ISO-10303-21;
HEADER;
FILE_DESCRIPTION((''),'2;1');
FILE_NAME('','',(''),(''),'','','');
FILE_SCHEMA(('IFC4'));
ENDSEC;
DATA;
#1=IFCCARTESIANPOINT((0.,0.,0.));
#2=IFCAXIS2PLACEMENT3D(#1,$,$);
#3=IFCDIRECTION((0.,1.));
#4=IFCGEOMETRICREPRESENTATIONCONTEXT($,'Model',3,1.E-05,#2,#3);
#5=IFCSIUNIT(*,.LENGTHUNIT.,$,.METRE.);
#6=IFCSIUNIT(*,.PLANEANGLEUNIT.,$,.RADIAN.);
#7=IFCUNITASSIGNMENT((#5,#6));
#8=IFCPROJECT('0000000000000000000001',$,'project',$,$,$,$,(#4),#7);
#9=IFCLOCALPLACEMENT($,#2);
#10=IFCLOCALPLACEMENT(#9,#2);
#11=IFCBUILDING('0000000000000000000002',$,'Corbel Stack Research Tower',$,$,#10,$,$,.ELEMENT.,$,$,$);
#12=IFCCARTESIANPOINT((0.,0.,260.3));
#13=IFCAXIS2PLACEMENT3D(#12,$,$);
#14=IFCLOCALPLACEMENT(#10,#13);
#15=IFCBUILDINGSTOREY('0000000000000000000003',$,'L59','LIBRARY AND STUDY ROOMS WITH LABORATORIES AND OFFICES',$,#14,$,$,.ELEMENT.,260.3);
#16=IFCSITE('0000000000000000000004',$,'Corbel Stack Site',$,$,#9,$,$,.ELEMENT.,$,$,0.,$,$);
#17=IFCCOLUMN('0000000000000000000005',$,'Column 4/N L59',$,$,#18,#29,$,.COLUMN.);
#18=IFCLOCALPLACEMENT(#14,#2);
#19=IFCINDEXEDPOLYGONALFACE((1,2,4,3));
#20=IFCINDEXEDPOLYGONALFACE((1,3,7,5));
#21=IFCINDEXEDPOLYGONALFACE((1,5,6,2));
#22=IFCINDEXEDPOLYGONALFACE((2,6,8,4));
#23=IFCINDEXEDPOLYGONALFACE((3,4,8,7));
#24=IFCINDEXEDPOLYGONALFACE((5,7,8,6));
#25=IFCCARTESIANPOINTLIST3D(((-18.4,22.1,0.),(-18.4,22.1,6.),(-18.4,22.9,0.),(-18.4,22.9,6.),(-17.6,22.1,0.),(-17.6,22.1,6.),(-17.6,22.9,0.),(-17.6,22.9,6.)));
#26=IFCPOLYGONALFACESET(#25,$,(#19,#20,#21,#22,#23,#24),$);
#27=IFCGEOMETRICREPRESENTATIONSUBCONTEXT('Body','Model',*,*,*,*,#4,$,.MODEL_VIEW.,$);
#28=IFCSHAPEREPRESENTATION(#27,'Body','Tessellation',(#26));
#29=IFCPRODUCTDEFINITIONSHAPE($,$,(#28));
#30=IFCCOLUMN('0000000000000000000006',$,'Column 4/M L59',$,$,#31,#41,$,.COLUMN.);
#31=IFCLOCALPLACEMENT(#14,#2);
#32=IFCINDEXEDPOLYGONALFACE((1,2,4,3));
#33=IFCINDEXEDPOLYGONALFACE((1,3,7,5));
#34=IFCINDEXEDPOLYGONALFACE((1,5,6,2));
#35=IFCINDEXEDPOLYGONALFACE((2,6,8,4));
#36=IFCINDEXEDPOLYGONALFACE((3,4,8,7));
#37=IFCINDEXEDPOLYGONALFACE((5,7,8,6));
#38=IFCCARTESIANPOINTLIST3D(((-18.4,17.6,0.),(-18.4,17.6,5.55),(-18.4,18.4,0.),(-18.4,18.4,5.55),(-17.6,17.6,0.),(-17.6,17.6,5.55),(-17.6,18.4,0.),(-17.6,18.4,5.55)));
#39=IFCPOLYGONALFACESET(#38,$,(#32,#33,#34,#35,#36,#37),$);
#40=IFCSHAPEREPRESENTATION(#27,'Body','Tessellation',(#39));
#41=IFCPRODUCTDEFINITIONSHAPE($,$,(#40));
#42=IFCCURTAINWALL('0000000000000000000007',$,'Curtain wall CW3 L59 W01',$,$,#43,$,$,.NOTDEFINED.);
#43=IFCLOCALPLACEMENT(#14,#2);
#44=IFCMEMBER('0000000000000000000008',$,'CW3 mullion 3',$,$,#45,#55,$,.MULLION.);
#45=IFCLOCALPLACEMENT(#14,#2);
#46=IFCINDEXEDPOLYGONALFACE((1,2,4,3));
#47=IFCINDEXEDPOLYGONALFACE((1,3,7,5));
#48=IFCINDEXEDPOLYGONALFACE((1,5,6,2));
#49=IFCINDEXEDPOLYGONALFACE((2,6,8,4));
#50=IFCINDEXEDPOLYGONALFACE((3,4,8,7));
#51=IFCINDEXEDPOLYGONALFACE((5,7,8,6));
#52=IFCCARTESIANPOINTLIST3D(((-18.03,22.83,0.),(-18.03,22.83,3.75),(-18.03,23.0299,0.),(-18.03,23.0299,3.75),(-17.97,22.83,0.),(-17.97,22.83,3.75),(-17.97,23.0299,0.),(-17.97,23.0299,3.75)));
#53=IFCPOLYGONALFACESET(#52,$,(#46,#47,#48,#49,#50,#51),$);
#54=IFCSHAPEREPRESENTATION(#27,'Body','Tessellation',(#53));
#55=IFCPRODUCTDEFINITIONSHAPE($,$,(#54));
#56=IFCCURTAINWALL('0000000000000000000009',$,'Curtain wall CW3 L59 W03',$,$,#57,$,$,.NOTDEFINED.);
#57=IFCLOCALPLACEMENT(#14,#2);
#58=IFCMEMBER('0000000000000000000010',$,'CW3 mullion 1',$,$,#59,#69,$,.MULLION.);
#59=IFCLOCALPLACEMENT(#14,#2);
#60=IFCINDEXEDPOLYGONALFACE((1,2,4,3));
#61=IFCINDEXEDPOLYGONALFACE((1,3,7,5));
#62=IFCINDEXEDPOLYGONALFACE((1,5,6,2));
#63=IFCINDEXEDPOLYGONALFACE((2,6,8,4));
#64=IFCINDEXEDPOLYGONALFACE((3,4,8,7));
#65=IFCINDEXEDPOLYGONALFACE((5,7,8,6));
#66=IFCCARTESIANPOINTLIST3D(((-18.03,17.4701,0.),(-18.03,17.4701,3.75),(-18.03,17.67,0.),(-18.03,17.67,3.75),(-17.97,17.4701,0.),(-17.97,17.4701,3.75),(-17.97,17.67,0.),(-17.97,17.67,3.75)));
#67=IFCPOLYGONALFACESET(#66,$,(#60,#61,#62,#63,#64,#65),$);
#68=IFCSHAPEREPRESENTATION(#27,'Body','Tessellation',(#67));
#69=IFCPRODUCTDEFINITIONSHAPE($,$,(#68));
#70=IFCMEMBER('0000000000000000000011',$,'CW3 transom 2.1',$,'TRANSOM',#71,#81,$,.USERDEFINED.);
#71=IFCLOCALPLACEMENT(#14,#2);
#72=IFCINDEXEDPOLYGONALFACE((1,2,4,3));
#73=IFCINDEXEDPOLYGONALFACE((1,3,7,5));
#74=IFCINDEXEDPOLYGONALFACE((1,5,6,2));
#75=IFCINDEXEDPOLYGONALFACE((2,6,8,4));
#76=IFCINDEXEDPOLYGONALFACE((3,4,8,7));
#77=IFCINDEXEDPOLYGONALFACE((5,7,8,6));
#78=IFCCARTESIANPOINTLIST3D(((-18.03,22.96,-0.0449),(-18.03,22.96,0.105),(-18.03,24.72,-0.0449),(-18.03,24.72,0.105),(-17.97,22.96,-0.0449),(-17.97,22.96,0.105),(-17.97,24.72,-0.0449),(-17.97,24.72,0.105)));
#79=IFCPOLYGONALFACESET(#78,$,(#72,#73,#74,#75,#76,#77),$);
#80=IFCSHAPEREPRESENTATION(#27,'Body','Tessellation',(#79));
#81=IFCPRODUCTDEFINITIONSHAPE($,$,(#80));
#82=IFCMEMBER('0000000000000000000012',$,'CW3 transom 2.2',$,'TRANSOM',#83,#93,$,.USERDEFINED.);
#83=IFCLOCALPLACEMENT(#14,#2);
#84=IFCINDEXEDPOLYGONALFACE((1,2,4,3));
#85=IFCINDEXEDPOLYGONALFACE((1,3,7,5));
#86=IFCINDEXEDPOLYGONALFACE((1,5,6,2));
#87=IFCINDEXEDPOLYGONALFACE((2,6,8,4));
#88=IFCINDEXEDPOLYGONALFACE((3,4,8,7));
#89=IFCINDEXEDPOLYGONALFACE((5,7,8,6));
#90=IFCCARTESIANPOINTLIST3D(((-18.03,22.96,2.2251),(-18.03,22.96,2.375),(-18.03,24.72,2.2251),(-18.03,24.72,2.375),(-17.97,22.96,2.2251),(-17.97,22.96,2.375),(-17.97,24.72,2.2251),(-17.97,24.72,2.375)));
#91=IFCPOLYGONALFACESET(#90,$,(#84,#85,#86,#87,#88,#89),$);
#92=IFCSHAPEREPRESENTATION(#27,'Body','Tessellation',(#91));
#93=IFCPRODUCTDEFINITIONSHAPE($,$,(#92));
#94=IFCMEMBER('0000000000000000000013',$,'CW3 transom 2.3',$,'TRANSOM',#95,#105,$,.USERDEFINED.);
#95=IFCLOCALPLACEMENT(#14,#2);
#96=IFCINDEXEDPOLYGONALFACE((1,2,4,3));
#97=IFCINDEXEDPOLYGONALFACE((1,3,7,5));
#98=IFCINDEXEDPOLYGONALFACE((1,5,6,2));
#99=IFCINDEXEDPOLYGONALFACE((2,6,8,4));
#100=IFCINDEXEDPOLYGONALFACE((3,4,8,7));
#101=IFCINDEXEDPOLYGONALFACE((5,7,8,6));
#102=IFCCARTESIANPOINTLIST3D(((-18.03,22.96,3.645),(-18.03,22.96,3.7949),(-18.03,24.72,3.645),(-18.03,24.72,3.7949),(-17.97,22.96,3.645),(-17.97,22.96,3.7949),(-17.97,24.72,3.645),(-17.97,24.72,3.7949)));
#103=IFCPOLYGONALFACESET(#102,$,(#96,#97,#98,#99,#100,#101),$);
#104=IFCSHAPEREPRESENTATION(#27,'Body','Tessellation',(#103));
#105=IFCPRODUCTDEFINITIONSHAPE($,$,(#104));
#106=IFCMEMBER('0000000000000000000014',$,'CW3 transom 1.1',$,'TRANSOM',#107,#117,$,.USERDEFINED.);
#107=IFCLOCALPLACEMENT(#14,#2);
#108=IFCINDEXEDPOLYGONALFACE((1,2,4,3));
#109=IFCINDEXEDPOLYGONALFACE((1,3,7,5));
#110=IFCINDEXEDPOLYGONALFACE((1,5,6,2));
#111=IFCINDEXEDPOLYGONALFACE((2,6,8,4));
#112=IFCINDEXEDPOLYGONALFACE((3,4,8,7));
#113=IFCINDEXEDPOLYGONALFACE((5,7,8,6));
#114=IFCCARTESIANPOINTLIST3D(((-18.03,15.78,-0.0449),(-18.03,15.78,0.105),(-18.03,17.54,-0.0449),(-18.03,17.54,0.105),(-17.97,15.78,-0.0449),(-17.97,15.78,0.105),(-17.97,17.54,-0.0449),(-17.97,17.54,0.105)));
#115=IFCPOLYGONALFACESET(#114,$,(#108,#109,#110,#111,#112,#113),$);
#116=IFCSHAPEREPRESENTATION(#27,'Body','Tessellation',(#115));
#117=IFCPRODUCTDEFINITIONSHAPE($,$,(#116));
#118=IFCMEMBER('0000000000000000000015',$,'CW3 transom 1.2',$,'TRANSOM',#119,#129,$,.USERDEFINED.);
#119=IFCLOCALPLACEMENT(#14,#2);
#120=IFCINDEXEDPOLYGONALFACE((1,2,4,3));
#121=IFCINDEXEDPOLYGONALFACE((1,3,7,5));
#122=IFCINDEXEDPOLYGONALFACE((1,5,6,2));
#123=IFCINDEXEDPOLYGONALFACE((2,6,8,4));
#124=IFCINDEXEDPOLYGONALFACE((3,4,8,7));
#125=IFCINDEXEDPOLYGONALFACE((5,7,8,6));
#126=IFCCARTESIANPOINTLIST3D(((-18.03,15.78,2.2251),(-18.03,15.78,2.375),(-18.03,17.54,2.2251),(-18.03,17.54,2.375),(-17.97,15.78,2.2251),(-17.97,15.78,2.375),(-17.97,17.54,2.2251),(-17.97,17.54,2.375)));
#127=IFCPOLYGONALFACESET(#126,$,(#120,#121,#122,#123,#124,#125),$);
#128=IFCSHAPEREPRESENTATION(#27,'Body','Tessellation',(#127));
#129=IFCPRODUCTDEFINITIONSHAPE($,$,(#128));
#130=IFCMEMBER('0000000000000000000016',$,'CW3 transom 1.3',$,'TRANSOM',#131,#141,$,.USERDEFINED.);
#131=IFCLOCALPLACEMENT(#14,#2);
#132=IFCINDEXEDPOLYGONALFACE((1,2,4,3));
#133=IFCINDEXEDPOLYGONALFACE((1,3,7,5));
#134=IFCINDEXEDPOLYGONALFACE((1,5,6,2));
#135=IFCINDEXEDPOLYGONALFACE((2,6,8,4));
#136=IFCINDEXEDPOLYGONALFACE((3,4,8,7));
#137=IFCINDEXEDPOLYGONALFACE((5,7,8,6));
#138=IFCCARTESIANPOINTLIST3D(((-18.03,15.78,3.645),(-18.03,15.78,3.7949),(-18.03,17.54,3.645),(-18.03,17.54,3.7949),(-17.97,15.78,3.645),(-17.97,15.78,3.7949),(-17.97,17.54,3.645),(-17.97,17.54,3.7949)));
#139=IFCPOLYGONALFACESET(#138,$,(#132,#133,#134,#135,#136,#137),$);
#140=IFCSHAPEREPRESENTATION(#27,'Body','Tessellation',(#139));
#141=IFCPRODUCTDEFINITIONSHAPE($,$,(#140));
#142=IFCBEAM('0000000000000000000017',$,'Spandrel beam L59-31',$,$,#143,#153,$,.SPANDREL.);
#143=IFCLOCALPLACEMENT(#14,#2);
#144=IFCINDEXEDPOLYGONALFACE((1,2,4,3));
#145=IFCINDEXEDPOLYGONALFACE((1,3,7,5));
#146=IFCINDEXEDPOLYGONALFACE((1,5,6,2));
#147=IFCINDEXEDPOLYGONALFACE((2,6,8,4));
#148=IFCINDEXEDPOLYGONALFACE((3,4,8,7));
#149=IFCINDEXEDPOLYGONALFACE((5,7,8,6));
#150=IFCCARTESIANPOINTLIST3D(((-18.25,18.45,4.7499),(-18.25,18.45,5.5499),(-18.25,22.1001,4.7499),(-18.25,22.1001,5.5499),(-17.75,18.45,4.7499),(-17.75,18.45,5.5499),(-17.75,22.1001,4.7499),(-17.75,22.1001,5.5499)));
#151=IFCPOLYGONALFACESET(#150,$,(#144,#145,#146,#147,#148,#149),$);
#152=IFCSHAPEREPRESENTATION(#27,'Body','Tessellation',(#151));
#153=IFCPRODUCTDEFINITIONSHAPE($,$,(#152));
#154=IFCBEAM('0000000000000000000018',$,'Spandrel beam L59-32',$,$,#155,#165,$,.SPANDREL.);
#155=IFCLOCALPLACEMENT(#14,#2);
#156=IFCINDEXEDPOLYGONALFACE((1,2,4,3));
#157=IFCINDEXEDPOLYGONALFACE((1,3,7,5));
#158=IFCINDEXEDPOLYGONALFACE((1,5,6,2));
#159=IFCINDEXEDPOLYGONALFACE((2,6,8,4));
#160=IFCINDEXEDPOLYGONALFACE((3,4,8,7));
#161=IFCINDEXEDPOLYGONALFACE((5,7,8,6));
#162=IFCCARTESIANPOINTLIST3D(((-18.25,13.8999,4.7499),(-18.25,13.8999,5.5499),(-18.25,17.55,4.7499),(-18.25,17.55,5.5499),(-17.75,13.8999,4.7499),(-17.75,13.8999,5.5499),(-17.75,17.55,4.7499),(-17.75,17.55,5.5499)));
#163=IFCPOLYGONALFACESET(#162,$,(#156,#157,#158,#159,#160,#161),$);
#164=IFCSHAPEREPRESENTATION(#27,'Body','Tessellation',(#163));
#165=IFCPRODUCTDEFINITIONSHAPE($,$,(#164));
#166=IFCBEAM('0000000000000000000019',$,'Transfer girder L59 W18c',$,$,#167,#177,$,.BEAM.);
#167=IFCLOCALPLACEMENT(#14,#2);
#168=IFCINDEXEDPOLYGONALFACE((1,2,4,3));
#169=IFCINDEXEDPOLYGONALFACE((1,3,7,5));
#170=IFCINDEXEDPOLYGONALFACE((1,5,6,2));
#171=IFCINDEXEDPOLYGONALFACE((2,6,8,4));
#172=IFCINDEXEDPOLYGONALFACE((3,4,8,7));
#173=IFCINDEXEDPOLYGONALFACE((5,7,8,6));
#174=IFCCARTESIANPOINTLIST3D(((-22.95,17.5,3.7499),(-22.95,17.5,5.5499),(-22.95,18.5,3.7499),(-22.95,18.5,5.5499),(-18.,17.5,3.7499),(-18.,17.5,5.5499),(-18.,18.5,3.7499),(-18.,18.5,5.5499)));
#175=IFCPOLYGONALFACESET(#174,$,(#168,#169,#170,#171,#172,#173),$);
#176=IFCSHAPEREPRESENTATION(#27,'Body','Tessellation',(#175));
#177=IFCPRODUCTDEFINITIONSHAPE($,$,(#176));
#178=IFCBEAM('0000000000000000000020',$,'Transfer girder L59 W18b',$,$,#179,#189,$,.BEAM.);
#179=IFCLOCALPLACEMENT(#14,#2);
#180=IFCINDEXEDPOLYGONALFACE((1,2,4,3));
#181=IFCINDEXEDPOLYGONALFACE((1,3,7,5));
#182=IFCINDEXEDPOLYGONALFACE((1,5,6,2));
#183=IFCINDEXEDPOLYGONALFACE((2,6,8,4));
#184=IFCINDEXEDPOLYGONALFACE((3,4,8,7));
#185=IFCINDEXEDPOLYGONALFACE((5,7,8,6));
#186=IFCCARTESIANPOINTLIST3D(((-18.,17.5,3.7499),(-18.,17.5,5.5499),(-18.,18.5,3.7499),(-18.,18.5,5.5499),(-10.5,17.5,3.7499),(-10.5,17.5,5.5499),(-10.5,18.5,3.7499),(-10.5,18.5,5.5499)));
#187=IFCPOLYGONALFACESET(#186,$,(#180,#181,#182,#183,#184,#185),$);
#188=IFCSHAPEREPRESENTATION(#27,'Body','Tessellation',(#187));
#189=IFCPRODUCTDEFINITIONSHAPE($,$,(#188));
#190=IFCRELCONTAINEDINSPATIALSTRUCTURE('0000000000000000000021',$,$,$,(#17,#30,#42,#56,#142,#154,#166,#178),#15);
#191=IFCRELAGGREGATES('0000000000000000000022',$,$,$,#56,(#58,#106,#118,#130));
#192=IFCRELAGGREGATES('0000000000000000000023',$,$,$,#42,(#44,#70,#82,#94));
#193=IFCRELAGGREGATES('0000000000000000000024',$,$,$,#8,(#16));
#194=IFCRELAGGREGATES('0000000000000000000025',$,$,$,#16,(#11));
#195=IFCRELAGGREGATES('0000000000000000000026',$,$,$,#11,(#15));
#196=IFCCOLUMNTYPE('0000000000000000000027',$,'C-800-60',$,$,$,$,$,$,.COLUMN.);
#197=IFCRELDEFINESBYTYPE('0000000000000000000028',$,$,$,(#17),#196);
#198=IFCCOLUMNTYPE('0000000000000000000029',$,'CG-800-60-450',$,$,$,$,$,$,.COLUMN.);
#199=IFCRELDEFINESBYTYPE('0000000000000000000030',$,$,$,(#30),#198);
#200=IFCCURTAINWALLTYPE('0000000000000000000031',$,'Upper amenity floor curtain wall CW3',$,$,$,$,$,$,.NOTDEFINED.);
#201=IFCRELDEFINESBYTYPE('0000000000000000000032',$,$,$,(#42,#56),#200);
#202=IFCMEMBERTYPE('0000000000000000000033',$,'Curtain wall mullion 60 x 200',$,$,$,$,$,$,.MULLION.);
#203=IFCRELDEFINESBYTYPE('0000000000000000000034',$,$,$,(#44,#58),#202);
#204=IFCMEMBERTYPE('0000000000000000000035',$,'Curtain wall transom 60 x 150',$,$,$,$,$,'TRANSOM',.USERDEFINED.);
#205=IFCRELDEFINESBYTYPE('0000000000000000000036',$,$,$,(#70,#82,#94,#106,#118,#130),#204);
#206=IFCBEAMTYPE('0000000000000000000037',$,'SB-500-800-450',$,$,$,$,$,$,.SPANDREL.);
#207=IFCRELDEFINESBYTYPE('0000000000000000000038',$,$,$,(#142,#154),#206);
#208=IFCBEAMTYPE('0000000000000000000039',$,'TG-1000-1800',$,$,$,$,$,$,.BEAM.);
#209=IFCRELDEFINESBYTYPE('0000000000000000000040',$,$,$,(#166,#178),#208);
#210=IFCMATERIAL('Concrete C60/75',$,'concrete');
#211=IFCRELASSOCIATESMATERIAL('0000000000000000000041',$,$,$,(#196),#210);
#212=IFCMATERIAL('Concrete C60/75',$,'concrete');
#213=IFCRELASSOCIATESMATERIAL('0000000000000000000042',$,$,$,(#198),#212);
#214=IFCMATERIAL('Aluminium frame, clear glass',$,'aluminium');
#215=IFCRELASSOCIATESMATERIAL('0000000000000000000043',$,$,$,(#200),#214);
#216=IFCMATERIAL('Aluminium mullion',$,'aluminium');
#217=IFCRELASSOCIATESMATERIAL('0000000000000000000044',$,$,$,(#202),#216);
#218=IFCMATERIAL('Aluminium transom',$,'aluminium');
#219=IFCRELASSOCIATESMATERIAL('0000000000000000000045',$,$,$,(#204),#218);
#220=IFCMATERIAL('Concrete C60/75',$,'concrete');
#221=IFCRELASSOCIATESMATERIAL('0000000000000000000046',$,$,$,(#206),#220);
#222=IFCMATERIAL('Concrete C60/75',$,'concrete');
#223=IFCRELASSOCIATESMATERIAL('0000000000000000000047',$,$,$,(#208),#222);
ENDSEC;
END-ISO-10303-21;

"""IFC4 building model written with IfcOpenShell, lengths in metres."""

from ifc_helpers import new_model, si_unit, direction, frame, origin, origin_2d, place, context, subcontext, project, spatial, rectangle, extrude, material, material_profile, profile_set, type_object, element, aggregate, save


model = new_model("IFC4")

# Units and contexts
model_context = context("Model", 3, precision=1e-05, world=origin(), true_north=direction((0.0, 1.0)))
body_context = subcontext(model_context, "Body", "Model", "MODEL_VIEW")
ifc_project = project(units=[si_unit("LENGTHUNIT", "METRE"), si_unit("PLANEANGLEUNIT", "RADIAN")], contexts=[model_context])

# Site, building, storey
site_placement = place(None, origin())
site = spatial("IfcSite", under=ifc_project, at=site_placement, Name="Corbel Stack Site", CompositionType="ELEMENT", RefElevation=0.0)
building_placement = place(site_placement, origin())
building = spatial("IfcBuilding", under=site, at=building_placement, Name="Corbel Stack Research Tower", CompositionType="ELEMENT")
storey_placement = place(building_placement, frame((0.0, 0.0, 260.3)))
storey = spatial("IfcBuildingStorey", under=building, at=storey_placement, Name="L59", Description="LIBRARY AND STUDY ROOMS WITH LABORATORIES AND OFFICES", CompositionType="ELEMENT", Elevation=260.3)

# Columns
ifc_material_1 = material(Name="Concrete C60/75", Category="concrete")
ifc_material_profile_1 = material_profile(ifc_material_1, rectangle(XDim=0.8, YDim=0.8, at=origin_2d()), Name="RC 800 x 800")
ifc_profile_set_1 = profile_set([ifc_material_profile_1], Name="Concrete C60/75")
column_type_1 = type_object("IfcColumnType", Name="C-800-60", PredefinedType="COLUMN", material=ifc_profile_set_1)
column_1_placement = place(storey_placement, frame((-18.0, 22.5, 0.0), z_axis=(0.0, 0.0, 1.0), x_axis=(1.0, 0.0, 0.0)))
element("IfcColumn", 1, at=column_1_placement, inside=storey, type_object=column_type_1, Name="Column 4/N L59", PredefinedType="COLUMN", context=body_context, shape_type="SweptSolid", body=[
    extrude(rectangle(XDim=0.8, YDim=0.8, at=origin_2d()), origin(), (0.0, 0.0, 1.0), 6.0),
])
ifc_material_2 = material(Name="Concrete C60/75", Category="concrete")
ifc_material_profile_2 = material_profile(ifc_material_2, rectangle(XDim=0.8, YDim=0.8, at=origin_2d()), Name="RC 800 x 800")
ifc_profile_set_2 = profile_set([ifc_material_profile_2], Name="Concrete C60/75")
column_type_2 = type_object("IfcColumnType", Name="CG-800-60-450", PredefinedType="COLUMN", material=ifc_profile_set_2)
column_2_placement = place(storey_placement, frame((-18.0, 18.0, 0.0), z_axis=(0.0, 0.0, 1.0), x_axis=(1.0, 0.0, 0.0)))
element("IfcColumn", 2, at=column_2_placement, inside=storey, type_object=column_type_2, Name="Column 4/M L59", PredefinedType="COLUMN", context=body_context, shape_type="SweptSolid", body=[
    extrude(rectangle(XDim=0.8, YDim=0.8, at=origin_2d()), origin(), (0.0, 0.0, 1.0), 5.55),
])

# Curtain walls, members
ifc_material_3 = material(Name="Aluminium frame, clear glass", Category="aluminium")
curtain_wall_type = type_object("IfcCurtainWallType", Name="Upper amenity floor curtain wall CW3", PredefinedType="NOTDEFINED", material=ifc_material_3)
curtain_wall_1_placement = place(storey_placement, origin())
curtain_wall_1 = element("IfcCurtainWall", 3, at=curtain_wall_1_placement, inside=storey, type_object=curtain_wall_type, Name="Curtain wall CW3 L59 W01", PredefinedType="NOTDEFINED")
ifc_material_4 = material(Name="Aluminium mullion", Category="aluminium")
ifc_material_profile_3 = material_profile(ifc_material_4, rectangle(XDim=0.0601, YDim=0.2, at=origin_2d()), Name="Mullion 60 x 200")
ifc_profile_set_3 = profile_set([ifc_material_profile_3], Name="Aluminium mullion")
member_type_1 = type_object("IfcMemberType", Name="Curtain wall mullion 60 x 200", PredefinedType="MULLION", material=ifc_profile_set_3)
member_1_placement = place(storey_placement, frame((-18.0, 22.9299, 0.0), z_axis=(0.0, 0.0, 1.0), x_axis=(1.0, 0.0, 0.0)))
member_1 = element("IfcMember", 4, at=member_1_placement, type_object=member_type_1, Name="CW3 mullion 3", PredefinedType="MULLION", context=body_context, shape_type="SweptSolid", body=[
    extrude(rectangle(XDim=0.0601, YDim=0.2, at=origin_2d()), origin(), (0.0, 0.0, 1.0), 3.75),
])
curtain_wall_2_placement = place(storey_placement, origin())
curtain_wall_2 = element("IfcCurtainWall", 5, at=curtain_wall_2_placement, inside=storey, type_object=curtain_wall_type, Name="Curtain wall CW3 L59 W03", PredefinedType="NOTDEFINED")
member_2_placement = place(storey_placement, frame((-18.0, 17.5701, 0.0), z_axis=(0.0, 0.0, 1.0), x_axis=(1.0, 0.0, 0.0)))
member_2 = element("IfcMember", 6, at=member_2_placement, type_object=member_type_1, Name="CW3 mullion 1", PredefinedType="MULLION", context=body_context, shape_type="SweptSolid", body=[
    extrude(rectangle(XDim=0.0601, YDim=0.2, at=origin_2d()), origin(), (0.0, 0.0, 1.0), 3.75),
])

# Members
ifc_material_5 = material(Name="Aluminium transom", Category="aluminium")
ifc_material_profile_4 = material_profile(ifc_material_5, rectangle(XDim=0.0601, YDim=0.1499, at=origin_2d()), Name="Transom 60 x 150")
ifc_profile_set_4 = profile_set([ifc_material_profile_4], Name="Aluminium transom")
member_type_2 = type_object("IfcMemberType", Name="Curtain wall transom 60 x 150", ElementType="TRANSOM", PredefinedType="USERDEFINED", material=ifc_profile_set_4)
member_3_placement = place(storey_placement, frame((-18.0, 24.72, 0.03), z_axis=(0.0, -1.0, 0.0), x_axis=(1.0, 0.0, 0.0)))
member_3 = element("IfcMember", 7, at=member_3_placement, type_object=member_type_2, Name="CW3 transom 2.1", ObjectType="TRANSOM", PredefinedType="USERDEFINED", context=body_context, shape_type="SweptSolid", body=[
    extrude(rectangle(XDim=0.0601, YDim=0.1499, at=origin_2d()), origin(), (0.0, 0.0, 1.0), 1.76),
])
member_4_placement = place(storey_placement, frame((-18.0, 24.72, 2.3), z_axis=(0.0, -1.0, 0.0), x_axis=(1.0, 0.0, 0.0)))
member_4 = element("IfcMember", 8, at=member_4_placement, type_object=member_type_2, Name="CW3 transom 2.2", ObjectType="TRANSOM", PredefinedType="USERDEFINED", context=body_context, shape_type="SweptSolid", body=[
    extrude(rectangle(XDim=0.0601, YDim=0.1499, at=origin_2d()), origin(), (0.0, 0.0, 1.0), 1.76),
])
member_5_placement = place(storey_placement, frame((-18.0, 24.72, 3.72), z_axis=(0.0, -1.0, 0.0), x_axis=(1.0, 0.0, 0.0)))
member_5 = element("IfcMember", 9, at=member_5_placement, type_object=member_type_2, Name="CW3 transom 2.3", ObjectType="TRANSOM", PredefinedType="USERDEFINED", context=body_context, shape_type="SweptSolid", body=[
    extrude(rectangle(XDim=0.0601, YDim=0.1499, at=origin_2d()), origin(), (0.0, 0.0, 1.0), 1.76),
])
member_6_placement = place(storey_placement, frame((-18.0, 17.54, 0.03), z_axis=(0.0, -1.0, 0.0), x_axis=(1.0, 0.0, 0.0)))
member_6 = element("IfcMember", 10, at=member_6_placement, type_object=member_type_2, Name="CW3 transom 1.1", ObjectType="TRANSOM", PredefinedType="USERDEFINED", context=body_context, shape_type="SweptSolid", body=[
    extrude(rectangle(XDim=0.0601, YDim=0.1499, at=origin_2d()), origin(), (0.0, 0.0, 1.0), 1.76),
])
member_7_placement = place(storey_placement, frame((-18.0, 17.54, 2.3), z_axis=(0.0, -1.0, 0.0), x_axis=(1.0, 0.0, 0.0)))
member_7 = element("IfcMember", 11, at=member_7_placement, type_object=member_type_2, Name="CW3 transom 1.2", ObjectType="TRANSOM", PredefinedType="USERDEFINED", context=body_context, shape_type="SweptSolid", body=[
    extrude(rectangle(XDim=0.0601, YDim=0.1499, at=origin_2d()), origin(), (0.0, 0.0, 1.0), 1.76),
])
member_8_placement = place(storey_placement, frame((-18.0, 17.54, 3.72), z_axis=(0.0, -1.0, 0.0), x_axis=(1.0, 0.0, 0.0)))
member_8 = element("IfcMember", 12, at=member_8_placement, type_object=member_type_2, Name="CW3 transom 1.3", ObjectType="TRANSOM", PredefinedType="USERDEFINED", context=body_context, shape_type="SweptSolid", body=[
    extrude(rectangle(XDim=0.0601, YDim=0.1499, at=origin_2d()), origin(), (0.0, 0.0, 1.0), 1.76),
])
aggregate(curtain_wall_2, [member_2, member_6, member_7, member_8])

# Beams
ifc_material_6 = material(Name="Concrete C60/75", Category="concrete")
ifc_material_profile_5 = material_profile(ifc_material_6, rectangle(XDim=0.5, YDim=0.8, at=origin_2d()), Name="RC 500 x 800")
ifc_profile_set_5 = profile_set([ifc_material_profile_5], Name="Concrete C60/75")
beam_type_1 = type_object("IfcBeamType", Name="SB-500-800-450", PredefinedType="SPANDREL", material=ifc_profile_set_5)
for number, where, z_axis, x_axis, name in (
    (13, (-18.0, 22.1001, 5.1499), (0.0, -1.0, 0.0), (1.0, 0.0, 0.0), "Spandrel beam L59-31"),
    (14, (-18.0, 17.55, 5.1499), (0.0, -1.0, 0.0), (1.0, 0.0, 0.0), "Spandrel beam L59-32"),
):
    element("IfcBeam", number, at=place(storey_placement, frame(where, z_axis=z_axis, x_axis=x_axis)), inside=storey, type_object=beam_type_1, Name=name, PredefinedType="SPANDREL", context=body_context, shape_type="SweptSolid", body=[
        extrude(rectangle(XDim=0.5, YDim=0.8, at=origin_2d()), origin(), (0.0, 0.0, 1.0), 3.6501),
    ])
ifc_material_7 = material(Name="Concrete C60/75", Category="concrete")
ifc_material_profile_6 = material_profile(ifc_material_7, rectangle(XDim=1.0, YDim=1.8, at=origin_2d()), Name="RC 1000 x 1800")
ifc_profile_set_6 = profile_set([ifc_material_profile_6], Name="Concrete C60/75")
beam_type_2 = type_object("IfcBeamType", Name="TG-1000-1800", PredefinedType="BEAM", material=ifc_profile_set_6)
beam_1_placement = place(storey_placement, frame((-22.95, 18.0, 4.6499), z_axis=(1.0, 0.0, 0.0), x_axis=(0.0, 1.0, 0.0)))
element("IfcBeam", 15, at=beam_1_placement, inside=storey, type_object=beam_type_2, Name="Transfer girder L59 W18c", PredefinedType="BEAM", context=body_context, shape_type="SweptSolid", body=[
    extrude(rectangle(XDim=1.0, YDim=1.8, at=origin_2d()), origin(), (0.0, 0.0, 1.0), 4.95),
])
beam_2_placement = place(storey_placement, frame((-18.0, 18.0, 4.6499), z_axis=(1.0, 0.0, 0.0), x_axis=(0.0, 1.0, 0.0)))
element("IfcBeam", 16, at=beam_2_placement, inside=storey, type_object=beam_type_2, Name="Transfer girder L59 W18b", PredefinedType="BEAM", context=body_context, shape_type="SweptSolid", body=[
    extrude(rectangle(XDim=1.0, YDim=1.8, at=origin_2d()), origin(), (0.0, 0.0, 1.0), 7.5),
])

aggregate(curtain_wall_1, [member_1, member_3, member_4, member_5])

save(model, "model.ifc")
